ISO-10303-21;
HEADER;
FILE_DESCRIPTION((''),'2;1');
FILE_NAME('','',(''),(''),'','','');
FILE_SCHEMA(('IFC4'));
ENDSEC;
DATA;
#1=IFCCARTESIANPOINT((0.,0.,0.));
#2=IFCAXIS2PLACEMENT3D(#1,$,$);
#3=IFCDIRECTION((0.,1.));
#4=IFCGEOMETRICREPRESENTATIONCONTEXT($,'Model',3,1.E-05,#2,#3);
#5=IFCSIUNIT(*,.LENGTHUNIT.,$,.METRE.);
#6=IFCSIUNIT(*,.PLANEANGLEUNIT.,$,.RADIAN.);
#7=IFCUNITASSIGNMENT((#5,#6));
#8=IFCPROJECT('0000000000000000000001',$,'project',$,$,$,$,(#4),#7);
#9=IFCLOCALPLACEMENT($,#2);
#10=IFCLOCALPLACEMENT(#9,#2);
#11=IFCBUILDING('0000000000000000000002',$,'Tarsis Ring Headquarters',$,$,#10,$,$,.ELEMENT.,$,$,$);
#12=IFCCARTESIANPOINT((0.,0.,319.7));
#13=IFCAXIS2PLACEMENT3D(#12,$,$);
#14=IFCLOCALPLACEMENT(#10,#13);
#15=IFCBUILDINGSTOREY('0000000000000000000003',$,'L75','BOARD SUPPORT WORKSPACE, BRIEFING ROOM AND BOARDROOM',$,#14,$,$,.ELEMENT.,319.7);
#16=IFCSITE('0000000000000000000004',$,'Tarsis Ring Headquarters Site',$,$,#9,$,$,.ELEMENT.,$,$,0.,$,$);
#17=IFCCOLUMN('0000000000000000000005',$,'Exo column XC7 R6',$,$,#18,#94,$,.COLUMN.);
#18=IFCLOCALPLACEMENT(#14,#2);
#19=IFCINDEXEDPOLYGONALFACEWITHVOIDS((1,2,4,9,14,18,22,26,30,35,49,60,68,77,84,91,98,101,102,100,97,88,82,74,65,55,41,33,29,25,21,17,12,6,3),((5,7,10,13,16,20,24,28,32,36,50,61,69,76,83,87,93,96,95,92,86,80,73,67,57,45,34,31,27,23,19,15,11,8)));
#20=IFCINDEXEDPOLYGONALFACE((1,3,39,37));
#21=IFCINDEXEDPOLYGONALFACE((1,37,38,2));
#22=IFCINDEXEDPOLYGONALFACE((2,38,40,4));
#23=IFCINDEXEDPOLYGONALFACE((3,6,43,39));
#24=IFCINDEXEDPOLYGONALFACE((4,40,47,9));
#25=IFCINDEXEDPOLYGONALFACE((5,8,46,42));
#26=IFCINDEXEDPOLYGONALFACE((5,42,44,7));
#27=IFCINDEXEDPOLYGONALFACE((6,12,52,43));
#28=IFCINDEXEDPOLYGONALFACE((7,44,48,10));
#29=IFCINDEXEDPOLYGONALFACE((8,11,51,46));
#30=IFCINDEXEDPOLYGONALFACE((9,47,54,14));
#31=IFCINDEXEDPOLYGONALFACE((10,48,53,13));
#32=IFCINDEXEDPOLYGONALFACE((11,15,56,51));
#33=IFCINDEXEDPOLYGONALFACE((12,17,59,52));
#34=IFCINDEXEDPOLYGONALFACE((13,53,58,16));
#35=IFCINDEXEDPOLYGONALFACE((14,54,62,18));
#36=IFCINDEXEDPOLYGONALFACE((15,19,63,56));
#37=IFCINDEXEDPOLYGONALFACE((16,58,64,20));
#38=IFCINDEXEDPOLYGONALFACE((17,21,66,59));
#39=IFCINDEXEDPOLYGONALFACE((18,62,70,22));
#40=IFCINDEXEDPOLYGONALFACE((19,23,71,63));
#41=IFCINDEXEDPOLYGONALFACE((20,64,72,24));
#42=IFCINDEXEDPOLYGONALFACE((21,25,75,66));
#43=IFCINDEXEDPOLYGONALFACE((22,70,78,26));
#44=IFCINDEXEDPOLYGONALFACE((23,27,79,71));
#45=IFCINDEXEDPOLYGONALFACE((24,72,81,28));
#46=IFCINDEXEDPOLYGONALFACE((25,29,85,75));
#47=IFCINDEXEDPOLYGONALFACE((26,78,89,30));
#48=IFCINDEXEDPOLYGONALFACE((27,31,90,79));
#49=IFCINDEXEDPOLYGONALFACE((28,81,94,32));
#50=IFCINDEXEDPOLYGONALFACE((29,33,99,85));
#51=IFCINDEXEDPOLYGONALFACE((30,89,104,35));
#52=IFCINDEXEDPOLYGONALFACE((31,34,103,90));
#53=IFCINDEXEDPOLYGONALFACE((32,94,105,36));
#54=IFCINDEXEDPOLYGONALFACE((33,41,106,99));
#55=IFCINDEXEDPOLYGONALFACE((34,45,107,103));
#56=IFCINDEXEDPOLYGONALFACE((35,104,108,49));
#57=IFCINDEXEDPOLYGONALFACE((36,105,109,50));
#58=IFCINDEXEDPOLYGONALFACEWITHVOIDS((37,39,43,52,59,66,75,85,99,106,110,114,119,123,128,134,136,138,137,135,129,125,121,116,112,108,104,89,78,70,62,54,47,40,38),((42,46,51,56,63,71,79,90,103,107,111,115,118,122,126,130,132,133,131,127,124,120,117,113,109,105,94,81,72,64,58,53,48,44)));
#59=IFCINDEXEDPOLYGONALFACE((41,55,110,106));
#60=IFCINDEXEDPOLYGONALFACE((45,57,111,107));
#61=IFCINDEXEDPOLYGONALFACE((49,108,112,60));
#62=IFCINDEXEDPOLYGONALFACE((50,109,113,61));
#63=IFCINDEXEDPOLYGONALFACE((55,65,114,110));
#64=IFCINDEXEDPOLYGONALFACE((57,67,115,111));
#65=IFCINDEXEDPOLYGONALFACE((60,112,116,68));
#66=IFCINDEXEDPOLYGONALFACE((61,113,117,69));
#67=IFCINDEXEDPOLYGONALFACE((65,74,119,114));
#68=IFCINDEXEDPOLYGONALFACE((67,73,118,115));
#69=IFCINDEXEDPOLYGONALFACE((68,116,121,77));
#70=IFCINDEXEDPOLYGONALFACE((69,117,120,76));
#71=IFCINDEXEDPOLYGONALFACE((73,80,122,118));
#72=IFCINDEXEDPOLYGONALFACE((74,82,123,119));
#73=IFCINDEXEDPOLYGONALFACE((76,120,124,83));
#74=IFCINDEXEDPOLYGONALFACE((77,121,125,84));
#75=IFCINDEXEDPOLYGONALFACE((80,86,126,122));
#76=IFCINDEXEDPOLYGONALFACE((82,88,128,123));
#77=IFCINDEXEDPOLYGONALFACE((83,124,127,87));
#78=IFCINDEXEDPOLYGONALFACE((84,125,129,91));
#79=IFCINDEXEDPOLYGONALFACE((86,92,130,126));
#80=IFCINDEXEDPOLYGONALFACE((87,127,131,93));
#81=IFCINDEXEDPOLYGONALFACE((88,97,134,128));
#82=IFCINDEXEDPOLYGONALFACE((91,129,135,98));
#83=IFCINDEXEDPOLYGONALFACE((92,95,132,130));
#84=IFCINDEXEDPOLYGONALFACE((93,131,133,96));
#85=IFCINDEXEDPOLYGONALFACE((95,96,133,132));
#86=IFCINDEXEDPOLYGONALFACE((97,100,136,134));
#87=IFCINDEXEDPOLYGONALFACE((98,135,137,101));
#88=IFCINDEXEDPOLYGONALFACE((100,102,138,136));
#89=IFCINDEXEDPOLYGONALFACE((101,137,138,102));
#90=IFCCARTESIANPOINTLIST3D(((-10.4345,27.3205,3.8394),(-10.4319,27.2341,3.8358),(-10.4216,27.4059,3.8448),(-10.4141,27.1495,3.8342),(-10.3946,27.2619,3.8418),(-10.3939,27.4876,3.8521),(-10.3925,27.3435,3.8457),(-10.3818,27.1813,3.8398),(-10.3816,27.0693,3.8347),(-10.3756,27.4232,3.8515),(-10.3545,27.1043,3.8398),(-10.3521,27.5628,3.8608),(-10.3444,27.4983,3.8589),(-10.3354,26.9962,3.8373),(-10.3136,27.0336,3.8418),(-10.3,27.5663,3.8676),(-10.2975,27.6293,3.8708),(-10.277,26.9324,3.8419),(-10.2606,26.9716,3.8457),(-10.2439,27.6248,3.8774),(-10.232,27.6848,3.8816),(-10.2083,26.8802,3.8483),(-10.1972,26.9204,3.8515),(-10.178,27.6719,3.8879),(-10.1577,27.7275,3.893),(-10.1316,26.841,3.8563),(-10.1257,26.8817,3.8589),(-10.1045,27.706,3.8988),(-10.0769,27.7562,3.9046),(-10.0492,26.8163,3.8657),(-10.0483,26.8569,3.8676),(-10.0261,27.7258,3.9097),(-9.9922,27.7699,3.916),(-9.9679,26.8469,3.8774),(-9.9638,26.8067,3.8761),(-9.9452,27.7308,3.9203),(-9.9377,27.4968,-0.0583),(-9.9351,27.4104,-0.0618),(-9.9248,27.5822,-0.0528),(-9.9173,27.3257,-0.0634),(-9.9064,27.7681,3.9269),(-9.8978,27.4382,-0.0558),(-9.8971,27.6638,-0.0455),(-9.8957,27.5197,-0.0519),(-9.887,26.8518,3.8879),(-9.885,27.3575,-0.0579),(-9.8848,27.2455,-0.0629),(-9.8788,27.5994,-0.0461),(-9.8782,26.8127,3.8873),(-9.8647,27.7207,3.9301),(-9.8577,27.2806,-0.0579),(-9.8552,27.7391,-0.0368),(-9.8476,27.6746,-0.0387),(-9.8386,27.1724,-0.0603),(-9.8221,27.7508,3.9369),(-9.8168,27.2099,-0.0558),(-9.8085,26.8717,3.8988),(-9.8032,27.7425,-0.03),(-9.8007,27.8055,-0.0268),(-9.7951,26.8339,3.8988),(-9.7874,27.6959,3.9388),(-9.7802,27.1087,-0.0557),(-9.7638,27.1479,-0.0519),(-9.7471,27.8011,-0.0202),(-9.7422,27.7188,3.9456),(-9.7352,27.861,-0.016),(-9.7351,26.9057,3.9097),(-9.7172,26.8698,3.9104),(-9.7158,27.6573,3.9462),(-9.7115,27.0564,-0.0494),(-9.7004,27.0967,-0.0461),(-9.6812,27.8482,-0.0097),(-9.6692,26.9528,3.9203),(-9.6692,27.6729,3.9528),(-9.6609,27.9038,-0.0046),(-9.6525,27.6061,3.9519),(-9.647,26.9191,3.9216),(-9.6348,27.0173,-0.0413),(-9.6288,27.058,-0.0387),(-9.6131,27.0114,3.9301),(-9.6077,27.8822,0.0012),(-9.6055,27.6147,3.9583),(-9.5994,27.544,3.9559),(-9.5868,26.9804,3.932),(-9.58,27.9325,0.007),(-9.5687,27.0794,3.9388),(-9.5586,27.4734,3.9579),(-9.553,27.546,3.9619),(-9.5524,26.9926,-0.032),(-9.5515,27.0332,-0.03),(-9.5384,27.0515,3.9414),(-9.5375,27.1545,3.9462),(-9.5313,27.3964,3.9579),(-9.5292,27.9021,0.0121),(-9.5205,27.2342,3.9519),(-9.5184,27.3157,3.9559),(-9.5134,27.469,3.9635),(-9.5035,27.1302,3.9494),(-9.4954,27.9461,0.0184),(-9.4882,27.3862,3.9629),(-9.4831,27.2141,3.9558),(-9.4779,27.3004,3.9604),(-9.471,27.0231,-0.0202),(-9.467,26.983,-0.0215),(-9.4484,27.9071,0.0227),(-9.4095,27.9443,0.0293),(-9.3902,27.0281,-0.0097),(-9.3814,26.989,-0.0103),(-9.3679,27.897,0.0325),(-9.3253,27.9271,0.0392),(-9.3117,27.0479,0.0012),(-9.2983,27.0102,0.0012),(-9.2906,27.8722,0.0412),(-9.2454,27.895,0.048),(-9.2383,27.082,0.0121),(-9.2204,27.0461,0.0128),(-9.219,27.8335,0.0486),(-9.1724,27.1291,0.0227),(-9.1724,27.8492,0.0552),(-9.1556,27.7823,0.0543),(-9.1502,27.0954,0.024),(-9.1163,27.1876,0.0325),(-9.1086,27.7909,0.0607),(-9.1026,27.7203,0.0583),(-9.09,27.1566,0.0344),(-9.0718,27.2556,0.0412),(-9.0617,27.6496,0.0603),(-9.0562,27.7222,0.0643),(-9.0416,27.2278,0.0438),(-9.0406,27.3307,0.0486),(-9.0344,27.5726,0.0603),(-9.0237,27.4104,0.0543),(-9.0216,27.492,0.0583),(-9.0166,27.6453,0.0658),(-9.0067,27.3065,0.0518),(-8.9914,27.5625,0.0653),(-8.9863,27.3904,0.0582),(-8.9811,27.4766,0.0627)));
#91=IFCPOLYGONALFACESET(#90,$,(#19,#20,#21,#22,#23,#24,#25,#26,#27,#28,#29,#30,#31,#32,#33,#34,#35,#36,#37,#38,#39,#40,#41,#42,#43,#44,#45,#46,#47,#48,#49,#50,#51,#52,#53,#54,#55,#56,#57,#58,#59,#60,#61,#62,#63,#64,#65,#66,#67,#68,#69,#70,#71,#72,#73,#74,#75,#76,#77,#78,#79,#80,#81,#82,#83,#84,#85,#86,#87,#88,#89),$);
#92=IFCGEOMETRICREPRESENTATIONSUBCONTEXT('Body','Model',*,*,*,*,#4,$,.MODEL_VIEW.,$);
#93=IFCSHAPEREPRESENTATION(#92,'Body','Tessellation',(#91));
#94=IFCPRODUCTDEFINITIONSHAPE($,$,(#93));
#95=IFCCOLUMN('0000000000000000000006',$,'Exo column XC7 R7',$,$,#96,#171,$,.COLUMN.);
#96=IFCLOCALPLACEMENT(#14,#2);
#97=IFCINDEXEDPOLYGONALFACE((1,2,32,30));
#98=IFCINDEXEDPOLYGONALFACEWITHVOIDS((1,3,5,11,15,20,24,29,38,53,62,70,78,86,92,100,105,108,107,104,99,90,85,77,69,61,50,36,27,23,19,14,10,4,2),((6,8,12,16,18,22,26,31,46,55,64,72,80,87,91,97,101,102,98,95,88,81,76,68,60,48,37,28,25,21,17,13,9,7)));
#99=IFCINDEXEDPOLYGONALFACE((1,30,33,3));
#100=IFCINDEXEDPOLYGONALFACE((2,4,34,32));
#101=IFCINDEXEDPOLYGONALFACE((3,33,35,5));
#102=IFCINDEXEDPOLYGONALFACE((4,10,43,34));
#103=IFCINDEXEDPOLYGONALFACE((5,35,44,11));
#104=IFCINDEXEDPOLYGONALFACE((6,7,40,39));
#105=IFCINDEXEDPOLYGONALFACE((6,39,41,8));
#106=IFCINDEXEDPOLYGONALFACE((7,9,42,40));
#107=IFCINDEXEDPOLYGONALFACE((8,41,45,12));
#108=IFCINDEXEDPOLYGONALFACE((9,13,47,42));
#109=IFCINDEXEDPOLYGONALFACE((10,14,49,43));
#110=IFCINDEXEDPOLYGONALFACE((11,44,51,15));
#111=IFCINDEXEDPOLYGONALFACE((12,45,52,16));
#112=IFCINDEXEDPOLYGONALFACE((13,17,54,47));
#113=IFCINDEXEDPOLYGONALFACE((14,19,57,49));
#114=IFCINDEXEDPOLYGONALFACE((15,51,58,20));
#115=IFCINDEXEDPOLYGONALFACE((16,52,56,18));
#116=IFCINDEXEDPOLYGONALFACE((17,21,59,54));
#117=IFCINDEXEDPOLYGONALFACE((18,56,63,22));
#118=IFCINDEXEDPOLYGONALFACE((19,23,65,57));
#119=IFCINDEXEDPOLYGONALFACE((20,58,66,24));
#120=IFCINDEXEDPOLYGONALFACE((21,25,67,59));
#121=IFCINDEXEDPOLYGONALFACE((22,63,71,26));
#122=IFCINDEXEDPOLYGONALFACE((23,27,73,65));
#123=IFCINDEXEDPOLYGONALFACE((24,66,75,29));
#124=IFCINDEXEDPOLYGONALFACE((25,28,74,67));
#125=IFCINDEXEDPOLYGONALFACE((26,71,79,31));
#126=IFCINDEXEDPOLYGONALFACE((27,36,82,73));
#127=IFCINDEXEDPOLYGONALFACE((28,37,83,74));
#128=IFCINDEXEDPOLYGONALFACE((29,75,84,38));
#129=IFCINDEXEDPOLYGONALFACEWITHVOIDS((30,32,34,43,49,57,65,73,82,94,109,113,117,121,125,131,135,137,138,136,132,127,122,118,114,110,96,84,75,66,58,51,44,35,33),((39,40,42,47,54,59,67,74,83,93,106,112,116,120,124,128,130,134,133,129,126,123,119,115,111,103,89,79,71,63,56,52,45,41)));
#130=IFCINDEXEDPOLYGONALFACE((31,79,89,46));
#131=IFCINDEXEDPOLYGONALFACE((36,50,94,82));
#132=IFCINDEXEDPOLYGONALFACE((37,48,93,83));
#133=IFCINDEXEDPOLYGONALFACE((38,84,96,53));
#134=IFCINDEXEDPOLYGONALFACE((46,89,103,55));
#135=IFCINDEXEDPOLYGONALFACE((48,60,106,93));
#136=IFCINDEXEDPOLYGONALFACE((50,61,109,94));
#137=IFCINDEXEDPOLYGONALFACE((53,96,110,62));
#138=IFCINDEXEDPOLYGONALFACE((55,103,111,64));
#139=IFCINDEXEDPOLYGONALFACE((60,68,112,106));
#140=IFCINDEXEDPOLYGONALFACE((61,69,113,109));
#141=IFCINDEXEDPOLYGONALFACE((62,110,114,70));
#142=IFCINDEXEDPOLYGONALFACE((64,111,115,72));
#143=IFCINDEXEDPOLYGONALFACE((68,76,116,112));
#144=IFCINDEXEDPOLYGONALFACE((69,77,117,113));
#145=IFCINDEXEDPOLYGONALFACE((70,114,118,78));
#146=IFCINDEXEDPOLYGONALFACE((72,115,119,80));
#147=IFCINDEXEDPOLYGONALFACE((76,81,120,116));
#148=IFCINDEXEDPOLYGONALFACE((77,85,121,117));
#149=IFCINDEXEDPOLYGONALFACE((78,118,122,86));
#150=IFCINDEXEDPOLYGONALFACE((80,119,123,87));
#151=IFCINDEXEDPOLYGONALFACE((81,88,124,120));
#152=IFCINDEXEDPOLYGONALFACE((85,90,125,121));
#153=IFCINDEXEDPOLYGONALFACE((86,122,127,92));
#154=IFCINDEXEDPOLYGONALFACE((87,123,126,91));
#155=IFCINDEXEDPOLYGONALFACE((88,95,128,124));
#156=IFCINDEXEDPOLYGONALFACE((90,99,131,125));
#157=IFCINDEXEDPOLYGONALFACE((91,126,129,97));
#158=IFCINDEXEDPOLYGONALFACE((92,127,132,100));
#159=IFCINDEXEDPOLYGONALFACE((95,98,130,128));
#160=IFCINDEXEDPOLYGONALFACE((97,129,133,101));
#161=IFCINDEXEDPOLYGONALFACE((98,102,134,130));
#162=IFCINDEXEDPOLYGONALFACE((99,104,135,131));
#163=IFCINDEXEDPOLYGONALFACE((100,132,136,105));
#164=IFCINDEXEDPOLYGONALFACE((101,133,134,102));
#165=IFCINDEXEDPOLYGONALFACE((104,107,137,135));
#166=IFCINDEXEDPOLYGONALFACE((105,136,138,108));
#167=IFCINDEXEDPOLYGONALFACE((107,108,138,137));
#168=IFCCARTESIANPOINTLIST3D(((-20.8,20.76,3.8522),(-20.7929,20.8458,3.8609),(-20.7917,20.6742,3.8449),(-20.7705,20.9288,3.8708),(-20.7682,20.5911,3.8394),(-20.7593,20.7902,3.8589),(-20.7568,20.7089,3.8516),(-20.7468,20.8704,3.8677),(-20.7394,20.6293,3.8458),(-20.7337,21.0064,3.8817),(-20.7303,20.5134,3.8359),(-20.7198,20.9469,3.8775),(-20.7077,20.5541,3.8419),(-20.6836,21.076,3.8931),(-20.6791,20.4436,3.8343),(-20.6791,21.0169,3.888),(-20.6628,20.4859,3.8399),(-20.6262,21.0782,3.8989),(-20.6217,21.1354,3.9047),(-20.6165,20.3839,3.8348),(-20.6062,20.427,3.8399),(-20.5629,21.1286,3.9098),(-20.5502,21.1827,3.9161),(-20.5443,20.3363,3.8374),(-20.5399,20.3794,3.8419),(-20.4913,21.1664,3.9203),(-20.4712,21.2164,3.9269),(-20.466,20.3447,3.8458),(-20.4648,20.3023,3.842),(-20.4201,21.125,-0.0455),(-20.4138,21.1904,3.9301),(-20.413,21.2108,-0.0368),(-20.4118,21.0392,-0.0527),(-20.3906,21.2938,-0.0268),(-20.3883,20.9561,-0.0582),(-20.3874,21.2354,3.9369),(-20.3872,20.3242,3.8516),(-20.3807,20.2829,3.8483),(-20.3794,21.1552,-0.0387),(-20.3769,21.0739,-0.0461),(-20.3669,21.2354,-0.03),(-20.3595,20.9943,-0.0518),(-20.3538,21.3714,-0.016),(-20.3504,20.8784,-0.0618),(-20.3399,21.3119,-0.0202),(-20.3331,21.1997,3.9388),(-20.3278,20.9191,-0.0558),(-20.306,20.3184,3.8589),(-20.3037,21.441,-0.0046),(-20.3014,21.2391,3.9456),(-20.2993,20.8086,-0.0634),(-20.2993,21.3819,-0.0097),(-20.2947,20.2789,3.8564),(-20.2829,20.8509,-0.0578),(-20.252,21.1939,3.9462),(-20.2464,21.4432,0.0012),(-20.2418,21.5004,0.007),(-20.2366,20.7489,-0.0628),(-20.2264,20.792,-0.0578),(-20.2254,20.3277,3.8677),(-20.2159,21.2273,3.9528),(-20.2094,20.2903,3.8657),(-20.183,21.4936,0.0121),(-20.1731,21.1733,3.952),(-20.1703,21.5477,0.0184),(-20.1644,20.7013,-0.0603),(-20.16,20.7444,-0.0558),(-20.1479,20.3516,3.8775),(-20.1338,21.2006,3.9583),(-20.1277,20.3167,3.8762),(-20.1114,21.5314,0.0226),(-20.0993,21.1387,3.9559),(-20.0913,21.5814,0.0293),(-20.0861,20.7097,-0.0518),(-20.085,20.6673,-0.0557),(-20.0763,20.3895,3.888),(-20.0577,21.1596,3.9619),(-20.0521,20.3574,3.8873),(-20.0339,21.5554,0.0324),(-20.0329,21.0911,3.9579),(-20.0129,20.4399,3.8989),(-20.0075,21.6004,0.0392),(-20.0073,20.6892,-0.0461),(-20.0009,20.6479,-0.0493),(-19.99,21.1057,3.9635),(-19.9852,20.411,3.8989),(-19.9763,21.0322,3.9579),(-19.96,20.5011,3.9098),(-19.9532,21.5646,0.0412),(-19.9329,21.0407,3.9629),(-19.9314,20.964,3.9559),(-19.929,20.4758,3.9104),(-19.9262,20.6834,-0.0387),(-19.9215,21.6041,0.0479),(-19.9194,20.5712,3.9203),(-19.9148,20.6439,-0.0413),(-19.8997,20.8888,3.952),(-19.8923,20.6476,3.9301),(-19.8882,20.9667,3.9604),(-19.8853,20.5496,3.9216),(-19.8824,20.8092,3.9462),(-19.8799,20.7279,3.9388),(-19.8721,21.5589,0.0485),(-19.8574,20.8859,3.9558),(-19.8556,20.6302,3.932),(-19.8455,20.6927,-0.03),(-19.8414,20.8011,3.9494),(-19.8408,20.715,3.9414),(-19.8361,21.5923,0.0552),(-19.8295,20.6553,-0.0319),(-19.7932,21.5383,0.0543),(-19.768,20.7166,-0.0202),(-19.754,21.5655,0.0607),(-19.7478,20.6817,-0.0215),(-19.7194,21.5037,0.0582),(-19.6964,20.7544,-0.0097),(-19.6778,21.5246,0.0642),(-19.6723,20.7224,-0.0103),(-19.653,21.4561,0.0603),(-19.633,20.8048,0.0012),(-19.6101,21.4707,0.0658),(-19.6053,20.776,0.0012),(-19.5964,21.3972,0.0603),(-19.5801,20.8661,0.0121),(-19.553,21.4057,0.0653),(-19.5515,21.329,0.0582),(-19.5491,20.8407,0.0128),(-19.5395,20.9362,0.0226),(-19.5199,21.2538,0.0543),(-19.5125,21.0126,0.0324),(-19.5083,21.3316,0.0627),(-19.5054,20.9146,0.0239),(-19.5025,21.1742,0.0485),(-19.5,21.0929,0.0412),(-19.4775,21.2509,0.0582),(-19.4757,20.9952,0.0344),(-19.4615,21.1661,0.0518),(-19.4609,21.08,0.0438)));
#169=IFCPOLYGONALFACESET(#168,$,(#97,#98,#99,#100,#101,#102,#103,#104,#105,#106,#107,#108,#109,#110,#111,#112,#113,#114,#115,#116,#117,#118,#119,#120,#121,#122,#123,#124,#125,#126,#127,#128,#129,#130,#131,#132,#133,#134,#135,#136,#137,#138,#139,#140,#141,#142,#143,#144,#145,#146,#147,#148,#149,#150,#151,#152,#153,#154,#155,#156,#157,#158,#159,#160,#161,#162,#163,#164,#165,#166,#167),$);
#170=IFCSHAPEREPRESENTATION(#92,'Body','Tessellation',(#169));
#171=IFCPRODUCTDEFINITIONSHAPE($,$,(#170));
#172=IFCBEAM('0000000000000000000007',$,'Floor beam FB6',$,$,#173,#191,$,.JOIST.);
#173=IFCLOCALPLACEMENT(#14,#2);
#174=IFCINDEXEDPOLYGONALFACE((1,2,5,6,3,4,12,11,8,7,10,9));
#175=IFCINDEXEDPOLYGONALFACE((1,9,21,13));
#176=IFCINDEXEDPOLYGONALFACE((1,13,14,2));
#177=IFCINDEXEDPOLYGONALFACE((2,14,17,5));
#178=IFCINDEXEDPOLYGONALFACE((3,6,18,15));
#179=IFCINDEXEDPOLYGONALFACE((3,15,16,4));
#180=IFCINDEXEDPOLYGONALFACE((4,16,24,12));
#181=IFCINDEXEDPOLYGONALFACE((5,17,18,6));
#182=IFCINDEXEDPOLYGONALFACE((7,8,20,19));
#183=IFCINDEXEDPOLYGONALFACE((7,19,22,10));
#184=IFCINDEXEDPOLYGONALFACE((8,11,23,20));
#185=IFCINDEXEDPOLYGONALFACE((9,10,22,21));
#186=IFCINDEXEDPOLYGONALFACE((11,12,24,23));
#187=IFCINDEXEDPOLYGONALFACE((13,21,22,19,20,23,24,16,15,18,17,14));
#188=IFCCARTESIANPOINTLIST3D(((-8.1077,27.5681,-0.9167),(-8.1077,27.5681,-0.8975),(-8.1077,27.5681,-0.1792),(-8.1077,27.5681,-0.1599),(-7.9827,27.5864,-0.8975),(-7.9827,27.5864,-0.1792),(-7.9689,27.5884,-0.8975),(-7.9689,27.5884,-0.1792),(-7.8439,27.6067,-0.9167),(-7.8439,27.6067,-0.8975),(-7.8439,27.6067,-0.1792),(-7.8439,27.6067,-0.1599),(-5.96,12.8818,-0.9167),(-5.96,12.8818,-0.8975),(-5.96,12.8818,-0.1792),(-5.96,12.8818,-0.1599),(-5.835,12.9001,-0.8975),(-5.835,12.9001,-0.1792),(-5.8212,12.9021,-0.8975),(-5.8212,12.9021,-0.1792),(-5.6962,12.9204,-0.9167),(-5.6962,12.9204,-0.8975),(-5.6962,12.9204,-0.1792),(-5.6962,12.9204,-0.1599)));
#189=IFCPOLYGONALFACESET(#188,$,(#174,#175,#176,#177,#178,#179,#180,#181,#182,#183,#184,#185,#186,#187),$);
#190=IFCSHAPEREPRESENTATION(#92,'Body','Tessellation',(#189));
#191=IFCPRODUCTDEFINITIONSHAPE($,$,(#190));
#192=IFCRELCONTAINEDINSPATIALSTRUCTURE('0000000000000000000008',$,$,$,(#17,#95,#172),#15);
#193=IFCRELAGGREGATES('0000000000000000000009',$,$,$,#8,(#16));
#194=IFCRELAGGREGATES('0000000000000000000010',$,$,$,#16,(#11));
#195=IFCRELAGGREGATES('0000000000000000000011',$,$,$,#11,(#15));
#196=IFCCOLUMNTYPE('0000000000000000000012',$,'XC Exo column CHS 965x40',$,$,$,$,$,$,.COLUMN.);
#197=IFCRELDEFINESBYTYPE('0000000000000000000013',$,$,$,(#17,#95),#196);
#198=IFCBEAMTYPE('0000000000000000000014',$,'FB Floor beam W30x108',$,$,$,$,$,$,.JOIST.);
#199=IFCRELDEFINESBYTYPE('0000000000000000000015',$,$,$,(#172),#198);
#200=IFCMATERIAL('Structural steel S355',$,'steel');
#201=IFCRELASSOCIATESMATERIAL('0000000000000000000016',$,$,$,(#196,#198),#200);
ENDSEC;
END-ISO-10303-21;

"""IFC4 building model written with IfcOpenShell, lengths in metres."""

from ifc_helpers import new_model, si_unit, direction, frame, origin, origin_2d, place, context, subcontext, project, spatial, hollow_circle, i_section, extrude, material, material_profile, profile_set, type_object, element, save


model = new_model("IFC4")

# Units and contexts
model_context = context("Model", 3, precision=1e-05, world=origin(), true_north=direction((0.0, 1.0)))
body_context = subcontext(model_context, "Body", "Model", "MODEL_VIEW")
ifc_project = project(units=[si_unit("LENGTHUNIT", "METRE"), si_unit("PLANEANGLEUNIT", "RADIAN")], contexts=[model_context])

# Site, building, storey
site_placement = place(None, origin())
site = spatial("IfcSite", under=ifc_project, at=site_placement, Name="Tarsis Ring Headquarters Site", CompositionType="ELEMENT", RefElevation=0.0)
building_placement = place(site_placement, origin())
building = spatial("IfcBuilding", under=site, at=building_placement, Name="Tarsis Ring Headquarters", CompositionType="ELEMENT")
storey_placement = place(building_placement, frame((0.0, 0.0, 319.7)))
storey = spatial("IfcBuildingStorey", under=building, at=storey_placement, Name="L75", Description="BOARD SUPPORT WORKSPACE, BRIEFING ROOM AND BOARDROOM", CompositionType="ELEMENT", Elevation=319.7)

# Columns
ifc_material_1 = material(Name="Structural steel S355", Category="steel")
ifc_material_profile_1 = material_profile(ifc_material_1, hollow_circle(Radius=0.4827, WallThickness=0.04, at=origin_2d()), Name="CHS 965x40")
ifc_profile_set_1 = profile_set([ifc_material_profile_1], Name="Structural steel S355")
column_type = type_object("IfcColumnType", Name="XC Exo column CHS 965x40", PredefinedType="COLUMN", material=ifc_profile_set_1)
for number, where, z_axis, x_axis, name in (
    (1, (-9.4597, 27.4651, 0.0012), (-0.126316, -0.044816, 0.990977), (0.33437, -0.942442, 0.0), "Exo column XC7 R6"),
    (2, (-19.9397, 21.124, 0.0012), (-0.096585, -0.092799, 0.990989), (0.692831, -0.7211, 0.0), "Exo column XC7 R7"),
):
    element("IfcColumn", number, at=place(storey_placement, frame(where, z_axis=z_axis, x_axis=x_axis)), inside=storey, type_object=column_type, Name=name, PredefinedType="COLUMN", context=body_context, shape_type="SweptSolid", body=[
        extrude(hollow_circle(Radius=0.4827, WallThickness=0.04, at=origin_2d()), origin(), (0.0, 0.0, 1.0), 3.9331),
    ])

# Beam
ifc_material_profile_2 = material_profile(ifc_material_1, i_section(OverallWidth=0.2666, OverallDepth=0.7568, WebThickness=0.0139, FlangeThickness=0.0193, at=origin_2d()), Name="W30x108")
ifc_profile_set_2 = profile_set([ifc_material_profile_2], Name="Structural steel S355")
beam_type_1 = type_object("IfcBeamType", Name="FB Floor beam W30x108", PredefinedType="JOIST", material=ifc_profile_set_2)
beam_1_placement = place(storey_placement, frame((-7.9758, 27.5874, -0.5383), z_axis=(0.1447, -0.989476, 0.0), x_axis=(0.989476, 0.1447, 0.0)))
element("IfcBeam", 3, at=beam_1_placement, inside=storey, type_object=beam_type_1, Name="Floor beam FB6", PredefinedType="JOIST", context=body_context, shape_type="SweptSolid", body=[
    extrude(i_section(OverallWidth=0.2666, OverallDepth=0.7568, WebThickness=0.0139, FlangeThickness=0.0193, at=origin_2d()), origin(), (0.0, 0.0, 1.0), 14.8425),
])

save(model, "model.ifc")
